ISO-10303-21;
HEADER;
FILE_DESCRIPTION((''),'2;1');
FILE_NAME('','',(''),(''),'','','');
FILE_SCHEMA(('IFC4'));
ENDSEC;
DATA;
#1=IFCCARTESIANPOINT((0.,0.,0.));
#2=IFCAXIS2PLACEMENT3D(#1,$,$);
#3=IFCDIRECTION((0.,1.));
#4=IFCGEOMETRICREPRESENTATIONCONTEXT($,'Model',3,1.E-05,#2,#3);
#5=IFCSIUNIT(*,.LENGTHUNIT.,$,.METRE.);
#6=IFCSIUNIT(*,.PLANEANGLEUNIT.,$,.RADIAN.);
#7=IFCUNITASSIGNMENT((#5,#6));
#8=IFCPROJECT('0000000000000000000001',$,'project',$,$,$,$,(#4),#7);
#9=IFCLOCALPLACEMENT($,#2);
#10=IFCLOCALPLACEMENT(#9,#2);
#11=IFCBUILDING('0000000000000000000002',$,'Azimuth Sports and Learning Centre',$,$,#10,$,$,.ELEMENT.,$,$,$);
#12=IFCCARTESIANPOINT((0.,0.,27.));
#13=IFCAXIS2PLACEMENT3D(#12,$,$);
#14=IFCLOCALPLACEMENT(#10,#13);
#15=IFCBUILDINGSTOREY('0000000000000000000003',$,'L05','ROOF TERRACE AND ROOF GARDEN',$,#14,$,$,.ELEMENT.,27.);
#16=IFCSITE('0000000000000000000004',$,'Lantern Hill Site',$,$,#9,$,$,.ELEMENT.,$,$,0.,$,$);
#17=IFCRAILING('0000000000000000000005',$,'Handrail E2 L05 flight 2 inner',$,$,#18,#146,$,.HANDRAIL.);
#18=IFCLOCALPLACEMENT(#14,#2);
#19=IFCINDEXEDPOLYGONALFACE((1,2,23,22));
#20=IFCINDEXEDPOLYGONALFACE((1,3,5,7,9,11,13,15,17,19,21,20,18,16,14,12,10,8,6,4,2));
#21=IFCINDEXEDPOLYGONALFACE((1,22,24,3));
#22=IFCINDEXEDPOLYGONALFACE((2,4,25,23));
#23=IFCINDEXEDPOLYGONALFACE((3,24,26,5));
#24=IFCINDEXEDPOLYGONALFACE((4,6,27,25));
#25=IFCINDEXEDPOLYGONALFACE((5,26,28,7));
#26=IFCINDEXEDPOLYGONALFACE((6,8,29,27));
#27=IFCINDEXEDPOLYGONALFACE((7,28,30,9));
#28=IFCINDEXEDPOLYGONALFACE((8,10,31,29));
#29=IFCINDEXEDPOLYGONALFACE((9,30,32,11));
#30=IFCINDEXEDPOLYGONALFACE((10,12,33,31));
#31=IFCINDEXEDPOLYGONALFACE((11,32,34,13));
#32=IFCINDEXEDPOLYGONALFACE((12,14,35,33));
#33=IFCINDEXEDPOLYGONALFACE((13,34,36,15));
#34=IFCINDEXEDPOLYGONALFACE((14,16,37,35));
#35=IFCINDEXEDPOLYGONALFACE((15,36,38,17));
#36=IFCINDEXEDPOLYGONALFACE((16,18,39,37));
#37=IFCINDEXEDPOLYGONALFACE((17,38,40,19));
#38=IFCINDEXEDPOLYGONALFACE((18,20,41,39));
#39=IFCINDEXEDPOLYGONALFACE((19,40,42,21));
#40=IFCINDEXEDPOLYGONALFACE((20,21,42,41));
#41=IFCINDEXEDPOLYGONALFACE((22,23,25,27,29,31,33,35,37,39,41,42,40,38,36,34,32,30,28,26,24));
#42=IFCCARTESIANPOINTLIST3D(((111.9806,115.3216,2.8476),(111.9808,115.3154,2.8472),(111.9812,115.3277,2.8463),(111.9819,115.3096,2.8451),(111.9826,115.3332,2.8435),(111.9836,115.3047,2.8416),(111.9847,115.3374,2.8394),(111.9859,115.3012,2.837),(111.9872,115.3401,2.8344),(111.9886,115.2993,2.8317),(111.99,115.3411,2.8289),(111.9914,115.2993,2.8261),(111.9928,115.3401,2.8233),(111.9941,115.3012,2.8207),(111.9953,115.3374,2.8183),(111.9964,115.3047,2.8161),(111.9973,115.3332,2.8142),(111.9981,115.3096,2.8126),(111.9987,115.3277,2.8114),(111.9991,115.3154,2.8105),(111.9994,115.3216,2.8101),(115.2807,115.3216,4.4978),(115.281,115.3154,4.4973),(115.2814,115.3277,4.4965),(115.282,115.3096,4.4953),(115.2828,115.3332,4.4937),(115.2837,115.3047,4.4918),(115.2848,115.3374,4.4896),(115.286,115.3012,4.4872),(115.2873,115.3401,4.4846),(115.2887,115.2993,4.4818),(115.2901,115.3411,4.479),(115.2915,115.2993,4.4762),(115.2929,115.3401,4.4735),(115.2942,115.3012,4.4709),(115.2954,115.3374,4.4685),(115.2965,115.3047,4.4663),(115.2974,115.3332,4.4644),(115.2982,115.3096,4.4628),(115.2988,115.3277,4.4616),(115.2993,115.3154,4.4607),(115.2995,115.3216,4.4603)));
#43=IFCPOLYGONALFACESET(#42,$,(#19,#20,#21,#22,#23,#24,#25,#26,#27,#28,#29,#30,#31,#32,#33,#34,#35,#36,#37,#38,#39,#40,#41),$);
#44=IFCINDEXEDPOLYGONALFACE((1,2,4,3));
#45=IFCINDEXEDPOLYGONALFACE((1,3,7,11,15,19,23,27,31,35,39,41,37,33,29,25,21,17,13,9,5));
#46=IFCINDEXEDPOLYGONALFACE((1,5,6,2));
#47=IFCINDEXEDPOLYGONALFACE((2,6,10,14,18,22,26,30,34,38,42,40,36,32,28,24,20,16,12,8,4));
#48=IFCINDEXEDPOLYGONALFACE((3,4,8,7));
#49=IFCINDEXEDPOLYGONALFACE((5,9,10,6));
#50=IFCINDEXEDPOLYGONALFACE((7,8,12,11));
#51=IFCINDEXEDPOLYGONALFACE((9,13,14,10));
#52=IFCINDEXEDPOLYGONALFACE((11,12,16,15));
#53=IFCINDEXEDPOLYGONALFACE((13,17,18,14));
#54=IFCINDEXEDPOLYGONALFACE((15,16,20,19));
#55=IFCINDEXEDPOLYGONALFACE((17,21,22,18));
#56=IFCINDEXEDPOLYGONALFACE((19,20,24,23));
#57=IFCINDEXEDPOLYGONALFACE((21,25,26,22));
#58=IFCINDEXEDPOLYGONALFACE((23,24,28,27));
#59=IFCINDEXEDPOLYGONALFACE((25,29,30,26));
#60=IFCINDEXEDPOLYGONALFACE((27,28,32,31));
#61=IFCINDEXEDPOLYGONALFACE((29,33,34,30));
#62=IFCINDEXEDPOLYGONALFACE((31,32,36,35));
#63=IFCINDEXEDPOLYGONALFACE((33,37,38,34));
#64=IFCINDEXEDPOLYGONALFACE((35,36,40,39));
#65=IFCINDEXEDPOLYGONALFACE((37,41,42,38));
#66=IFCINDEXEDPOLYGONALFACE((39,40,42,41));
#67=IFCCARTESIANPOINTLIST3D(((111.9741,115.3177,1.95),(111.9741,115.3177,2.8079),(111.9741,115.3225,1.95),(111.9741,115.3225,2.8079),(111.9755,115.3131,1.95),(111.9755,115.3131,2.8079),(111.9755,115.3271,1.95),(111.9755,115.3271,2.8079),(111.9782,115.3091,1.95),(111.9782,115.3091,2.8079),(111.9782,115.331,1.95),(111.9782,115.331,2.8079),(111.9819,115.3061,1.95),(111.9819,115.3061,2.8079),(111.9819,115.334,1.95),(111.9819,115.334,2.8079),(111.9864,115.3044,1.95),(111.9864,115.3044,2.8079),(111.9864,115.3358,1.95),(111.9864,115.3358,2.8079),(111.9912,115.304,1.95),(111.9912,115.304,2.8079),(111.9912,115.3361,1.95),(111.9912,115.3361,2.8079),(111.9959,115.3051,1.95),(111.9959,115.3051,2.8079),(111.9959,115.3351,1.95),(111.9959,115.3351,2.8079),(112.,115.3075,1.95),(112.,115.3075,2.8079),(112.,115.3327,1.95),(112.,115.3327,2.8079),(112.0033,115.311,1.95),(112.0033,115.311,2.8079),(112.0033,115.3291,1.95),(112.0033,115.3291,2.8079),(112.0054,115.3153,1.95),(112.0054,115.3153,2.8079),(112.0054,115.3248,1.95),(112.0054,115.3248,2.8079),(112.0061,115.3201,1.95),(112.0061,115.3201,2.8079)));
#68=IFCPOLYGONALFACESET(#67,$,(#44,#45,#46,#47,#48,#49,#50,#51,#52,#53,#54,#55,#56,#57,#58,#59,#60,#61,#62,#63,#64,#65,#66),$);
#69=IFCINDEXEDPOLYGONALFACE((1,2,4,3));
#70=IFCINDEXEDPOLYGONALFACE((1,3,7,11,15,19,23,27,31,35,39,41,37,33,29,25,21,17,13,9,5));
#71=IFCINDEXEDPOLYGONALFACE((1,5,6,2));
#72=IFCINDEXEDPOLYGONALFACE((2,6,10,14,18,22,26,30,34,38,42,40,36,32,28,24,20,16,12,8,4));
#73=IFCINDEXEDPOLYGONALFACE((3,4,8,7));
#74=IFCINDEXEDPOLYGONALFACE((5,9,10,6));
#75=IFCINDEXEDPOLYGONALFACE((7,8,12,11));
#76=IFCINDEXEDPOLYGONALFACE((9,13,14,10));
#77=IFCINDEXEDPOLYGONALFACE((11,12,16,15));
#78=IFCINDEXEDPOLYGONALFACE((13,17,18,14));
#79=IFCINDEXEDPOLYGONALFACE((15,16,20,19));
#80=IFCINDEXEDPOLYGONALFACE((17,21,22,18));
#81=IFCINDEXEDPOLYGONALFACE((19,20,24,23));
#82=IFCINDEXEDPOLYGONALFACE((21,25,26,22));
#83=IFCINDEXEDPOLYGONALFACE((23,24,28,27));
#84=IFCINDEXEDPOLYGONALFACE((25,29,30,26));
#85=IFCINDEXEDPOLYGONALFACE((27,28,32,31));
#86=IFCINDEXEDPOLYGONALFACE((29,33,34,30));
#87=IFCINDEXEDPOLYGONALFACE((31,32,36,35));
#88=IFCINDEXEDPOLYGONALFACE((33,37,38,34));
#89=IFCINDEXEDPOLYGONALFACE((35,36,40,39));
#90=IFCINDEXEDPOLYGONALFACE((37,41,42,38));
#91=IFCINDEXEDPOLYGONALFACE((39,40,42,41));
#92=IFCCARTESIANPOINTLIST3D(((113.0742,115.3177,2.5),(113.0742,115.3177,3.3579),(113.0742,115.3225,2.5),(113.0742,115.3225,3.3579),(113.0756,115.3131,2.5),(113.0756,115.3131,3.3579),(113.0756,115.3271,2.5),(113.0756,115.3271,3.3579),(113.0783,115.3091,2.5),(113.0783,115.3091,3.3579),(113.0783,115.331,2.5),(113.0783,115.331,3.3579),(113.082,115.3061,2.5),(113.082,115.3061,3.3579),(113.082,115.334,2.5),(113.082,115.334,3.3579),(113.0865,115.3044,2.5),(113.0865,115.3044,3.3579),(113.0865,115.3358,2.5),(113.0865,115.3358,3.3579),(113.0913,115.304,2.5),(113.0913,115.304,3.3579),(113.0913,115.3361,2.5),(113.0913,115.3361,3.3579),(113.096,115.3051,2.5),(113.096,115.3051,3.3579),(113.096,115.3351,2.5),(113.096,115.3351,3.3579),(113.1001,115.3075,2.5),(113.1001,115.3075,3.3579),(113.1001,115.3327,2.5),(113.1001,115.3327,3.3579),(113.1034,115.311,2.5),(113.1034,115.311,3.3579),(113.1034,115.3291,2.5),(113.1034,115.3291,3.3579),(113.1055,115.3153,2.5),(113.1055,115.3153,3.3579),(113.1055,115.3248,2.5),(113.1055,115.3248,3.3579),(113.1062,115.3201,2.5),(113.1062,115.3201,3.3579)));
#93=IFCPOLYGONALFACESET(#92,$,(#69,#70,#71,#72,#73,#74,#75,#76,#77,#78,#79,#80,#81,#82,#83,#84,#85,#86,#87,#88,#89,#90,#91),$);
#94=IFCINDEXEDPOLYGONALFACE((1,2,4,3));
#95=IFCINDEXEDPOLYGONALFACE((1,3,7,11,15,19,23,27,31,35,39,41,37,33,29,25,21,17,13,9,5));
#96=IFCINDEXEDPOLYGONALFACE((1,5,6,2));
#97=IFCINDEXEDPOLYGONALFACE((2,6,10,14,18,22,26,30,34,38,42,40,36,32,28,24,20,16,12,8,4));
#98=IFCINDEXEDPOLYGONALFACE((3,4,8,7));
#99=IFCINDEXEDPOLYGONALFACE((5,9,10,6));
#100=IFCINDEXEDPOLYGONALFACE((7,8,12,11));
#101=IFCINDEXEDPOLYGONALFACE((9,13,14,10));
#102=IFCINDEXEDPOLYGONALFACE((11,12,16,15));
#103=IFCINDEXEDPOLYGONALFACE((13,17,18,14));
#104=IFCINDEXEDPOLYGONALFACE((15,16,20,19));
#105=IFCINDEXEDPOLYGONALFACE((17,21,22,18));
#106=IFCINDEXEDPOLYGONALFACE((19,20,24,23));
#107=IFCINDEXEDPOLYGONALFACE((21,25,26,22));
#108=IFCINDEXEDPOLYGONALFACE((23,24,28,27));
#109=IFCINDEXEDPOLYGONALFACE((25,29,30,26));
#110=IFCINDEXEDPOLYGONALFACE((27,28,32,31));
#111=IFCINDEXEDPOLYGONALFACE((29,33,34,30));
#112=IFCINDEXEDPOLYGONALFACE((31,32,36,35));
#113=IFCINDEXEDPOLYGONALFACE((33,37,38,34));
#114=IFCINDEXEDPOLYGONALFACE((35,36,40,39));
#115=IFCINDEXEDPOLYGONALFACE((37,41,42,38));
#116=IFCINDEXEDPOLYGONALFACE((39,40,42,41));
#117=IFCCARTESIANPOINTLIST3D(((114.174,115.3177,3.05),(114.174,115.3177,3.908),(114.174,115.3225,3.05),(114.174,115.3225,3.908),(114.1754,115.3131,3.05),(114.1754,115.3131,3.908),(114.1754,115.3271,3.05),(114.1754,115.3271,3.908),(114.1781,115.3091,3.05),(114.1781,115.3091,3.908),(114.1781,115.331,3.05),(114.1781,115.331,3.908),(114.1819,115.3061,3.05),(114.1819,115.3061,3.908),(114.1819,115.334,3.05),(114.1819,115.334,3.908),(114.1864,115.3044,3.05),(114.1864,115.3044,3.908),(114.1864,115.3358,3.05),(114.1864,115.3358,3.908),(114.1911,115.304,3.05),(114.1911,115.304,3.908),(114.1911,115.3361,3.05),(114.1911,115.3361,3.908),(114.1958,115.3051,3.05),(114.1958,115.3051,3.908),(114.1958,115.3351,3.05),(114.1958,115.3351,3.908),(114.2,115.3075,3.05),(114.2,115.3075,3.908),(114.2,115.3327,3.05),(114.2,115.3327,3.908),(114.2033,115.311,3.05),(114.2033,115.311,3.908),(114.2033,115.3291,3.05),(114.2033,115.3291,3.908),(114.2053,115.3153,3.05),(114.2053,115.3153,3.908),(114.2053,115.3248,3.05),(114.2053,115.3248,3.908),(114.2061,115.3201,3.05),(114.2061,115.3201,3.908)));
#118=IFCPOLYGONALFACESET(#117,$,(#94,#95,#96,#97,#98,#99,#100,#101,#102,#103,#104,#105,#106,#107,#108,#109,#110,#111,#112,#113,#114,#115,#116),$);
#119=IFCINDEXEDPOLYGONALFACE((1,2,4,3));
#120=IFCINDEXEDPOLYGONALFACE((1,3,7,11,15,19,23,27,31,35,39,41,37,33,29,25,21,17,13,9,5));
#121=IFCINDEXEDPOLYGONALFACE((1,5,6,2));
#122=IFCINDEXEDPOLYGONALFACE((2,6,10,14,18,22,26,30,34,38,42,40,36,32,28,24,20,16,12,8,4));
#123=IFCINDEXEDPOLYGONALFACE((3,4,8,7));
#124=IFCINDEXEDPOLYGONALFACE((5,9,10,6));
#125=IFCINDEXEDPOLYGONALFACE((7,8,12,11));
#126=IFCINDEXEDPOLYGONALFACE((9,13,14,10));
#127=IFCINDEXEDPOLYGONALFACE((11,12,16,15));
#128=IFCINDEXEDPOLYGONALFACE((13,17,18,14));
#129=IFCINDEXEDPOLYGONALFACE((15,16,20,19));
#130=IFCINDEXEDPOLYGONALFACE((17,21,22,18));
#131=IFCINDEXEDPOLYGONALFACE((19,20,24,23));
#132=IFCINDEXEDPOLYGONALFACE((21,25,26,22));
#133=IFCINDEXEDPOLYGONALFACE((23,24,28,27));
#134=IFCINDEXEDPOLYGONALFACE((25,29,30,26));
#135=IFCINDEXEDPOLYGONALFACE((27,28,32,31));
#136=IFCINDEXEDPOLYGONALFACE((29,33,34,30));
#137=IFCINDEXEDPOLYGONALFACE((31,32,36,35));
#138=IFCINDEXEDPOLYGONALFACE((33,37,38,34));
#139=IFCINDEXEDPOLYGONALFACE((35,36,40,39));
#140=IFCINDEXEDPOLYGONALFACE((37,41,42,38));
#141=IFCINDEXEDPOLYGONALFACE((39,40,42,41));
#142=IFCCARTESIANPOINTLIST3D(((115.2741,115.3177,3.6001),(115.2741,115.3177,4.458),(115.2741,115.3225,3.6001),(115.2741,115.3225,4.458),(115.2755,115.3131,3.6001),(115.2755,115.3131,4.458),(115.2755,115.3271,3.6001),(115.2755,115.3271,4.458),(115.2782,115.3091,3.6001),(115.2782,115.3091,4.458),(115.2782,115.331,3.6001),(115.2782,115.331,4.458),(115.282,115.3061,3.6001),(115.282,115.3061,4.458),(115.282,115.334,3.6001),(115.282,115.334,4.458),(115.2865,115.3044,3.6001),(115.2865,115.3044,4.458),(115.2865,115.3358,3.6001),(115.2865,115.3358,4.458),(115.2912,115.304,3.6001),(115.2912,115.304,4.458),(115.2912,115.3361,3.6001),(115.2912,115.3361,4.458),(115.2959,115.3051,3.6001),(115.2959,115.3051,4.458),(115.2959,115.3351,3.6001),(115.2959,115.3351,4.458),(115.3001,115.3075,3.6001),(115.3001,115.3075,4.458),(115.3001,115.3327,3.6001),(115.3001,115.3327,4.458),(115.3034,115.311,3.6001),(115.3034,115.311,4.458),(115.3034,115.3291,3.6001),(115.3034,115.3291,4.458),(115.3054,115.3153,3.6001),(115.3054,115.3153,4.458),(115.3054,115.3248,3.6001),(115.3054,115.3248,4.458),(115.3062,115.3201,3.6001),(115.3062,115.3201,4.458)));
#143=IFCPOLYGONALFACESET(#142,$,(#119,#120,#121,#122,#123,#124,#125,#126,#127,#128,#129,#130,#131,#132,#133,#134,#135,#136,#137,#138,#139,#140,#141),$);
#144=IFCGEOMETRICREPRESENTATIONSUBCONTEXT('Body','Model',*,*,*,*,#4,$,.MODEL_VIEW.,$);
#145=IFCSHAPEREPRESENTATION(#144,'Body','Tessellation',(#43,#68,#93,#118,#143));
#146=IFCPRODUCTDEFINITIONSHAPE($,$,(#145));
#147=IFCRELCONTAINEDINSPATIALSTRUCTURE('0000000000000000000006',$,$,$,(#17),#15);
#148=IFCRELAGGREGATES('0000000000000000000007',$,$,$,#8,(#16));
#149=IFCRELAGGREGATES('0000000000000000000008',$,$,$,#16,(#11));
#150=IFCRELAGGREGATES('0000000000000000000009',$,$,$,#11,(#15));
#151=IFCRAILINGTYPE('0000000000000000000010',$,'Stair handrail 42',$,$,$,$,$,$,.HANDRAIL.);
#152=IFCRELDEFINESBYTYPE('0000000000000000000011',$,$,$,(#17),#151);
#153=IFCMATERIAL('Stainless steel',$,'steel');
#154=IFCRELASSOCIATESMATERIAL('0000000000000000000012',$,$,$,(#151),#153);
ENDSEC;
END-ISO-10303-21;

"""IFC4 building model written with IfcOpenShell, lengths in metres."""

from ifc_helpers import new_model, si_unit, direction, frame, origin, origin_2d, place, context, subcontext, project, spatial, circle, extrude, material, type_object, element, save


model = new_model("IFC4")

# Units and contexts
model_context = context("Model", 3, precision=1e-05, world=origin(), true_north=direction((0.0, 1.0)))
body_context = subcontext(model_context, "Body", "Model", "MODEL_VIEW")
ifc_project = project(units=[si_unit("LENGTHUNIT", "METRE"), si_unit("PLANEANGLEUNIT", "RADIAN")], contexts=[model_context])

# Site, building, storey
site_placement = place(None, origin())
site = spatial("IfcSite", under=ifc_project, at=site_placement, Name="Lantern Hill Site", CompositionType="ELEMENT", RefElevation=0.0)
building_placement = place(site_placement, origin())
building = spatial("IfcBuilding", under=site, at=building_placement, Name="Azimuth Sports and Learning Centre", CompositionType="ELEMENT")
storey_placement = place(building_placement, frame((0.0, 0.0, 27.0)))
storey = spatial("IfcBuildingStorey", under=building, at=storey_placement, Name="L05", Description="ROOF TERRACE AND ROOF GARDEN", CompositionType="ELEMENT", Elevation=27.0)

# Railing
ifc_material_1 = material(Name="Stainless steel", Category="steel")
railing_type_1 = type_object("IfcRailingType", Name="Stair handrail 42", PredefinedType="HANDRAIL", material=ifc_material_1)
for number, where, name in (
    (1, (111.99, 115.3201, 1.95), "Handrail E2 L05 flight 2 inner"),
):
    element("IfcRailing", number, at=place(storey_placement, frame(where)), inside=storey, type_object=railing_type_1, Name=name, PredefinedType="HANDRAIL", context=body_context, shape_type="SweptSolid", body=[
        extrude(circle(Radius=0.021, at=origin_2d()), frame((0.0, 0.0, 0.8789), z_axis=(0.894414, 0.0, 0.44724), x_axis=(0.0, 1.0, 0.0)), (0.0, 0.0, 1.0), 3.6897),
        extrude(circle(Radius=0.0161, at=origin_2d()), origin(), (0.0, 0.0, 1.0), 0.8579),
        extrude(circle(Radius=0.0161, at=origin_2d()), frame((1.1001, 0.0, 0.55)), (0.0, 0.0, 1.0), 0.8579),
        extrude(circle(Radius=0.0161, at=origin_2d()), frame((2.2, 0.0, 1.1001)), (0.0, 0.0, 1.0), 0.8579),
        extrude(circle(Radius=0.0161, at=origin_2d()), frame((3.3, 0.0, 1.6501)), (0.0, 0.0, 1.0), 0.8579),
    ])

save(model, "model.ifc")
